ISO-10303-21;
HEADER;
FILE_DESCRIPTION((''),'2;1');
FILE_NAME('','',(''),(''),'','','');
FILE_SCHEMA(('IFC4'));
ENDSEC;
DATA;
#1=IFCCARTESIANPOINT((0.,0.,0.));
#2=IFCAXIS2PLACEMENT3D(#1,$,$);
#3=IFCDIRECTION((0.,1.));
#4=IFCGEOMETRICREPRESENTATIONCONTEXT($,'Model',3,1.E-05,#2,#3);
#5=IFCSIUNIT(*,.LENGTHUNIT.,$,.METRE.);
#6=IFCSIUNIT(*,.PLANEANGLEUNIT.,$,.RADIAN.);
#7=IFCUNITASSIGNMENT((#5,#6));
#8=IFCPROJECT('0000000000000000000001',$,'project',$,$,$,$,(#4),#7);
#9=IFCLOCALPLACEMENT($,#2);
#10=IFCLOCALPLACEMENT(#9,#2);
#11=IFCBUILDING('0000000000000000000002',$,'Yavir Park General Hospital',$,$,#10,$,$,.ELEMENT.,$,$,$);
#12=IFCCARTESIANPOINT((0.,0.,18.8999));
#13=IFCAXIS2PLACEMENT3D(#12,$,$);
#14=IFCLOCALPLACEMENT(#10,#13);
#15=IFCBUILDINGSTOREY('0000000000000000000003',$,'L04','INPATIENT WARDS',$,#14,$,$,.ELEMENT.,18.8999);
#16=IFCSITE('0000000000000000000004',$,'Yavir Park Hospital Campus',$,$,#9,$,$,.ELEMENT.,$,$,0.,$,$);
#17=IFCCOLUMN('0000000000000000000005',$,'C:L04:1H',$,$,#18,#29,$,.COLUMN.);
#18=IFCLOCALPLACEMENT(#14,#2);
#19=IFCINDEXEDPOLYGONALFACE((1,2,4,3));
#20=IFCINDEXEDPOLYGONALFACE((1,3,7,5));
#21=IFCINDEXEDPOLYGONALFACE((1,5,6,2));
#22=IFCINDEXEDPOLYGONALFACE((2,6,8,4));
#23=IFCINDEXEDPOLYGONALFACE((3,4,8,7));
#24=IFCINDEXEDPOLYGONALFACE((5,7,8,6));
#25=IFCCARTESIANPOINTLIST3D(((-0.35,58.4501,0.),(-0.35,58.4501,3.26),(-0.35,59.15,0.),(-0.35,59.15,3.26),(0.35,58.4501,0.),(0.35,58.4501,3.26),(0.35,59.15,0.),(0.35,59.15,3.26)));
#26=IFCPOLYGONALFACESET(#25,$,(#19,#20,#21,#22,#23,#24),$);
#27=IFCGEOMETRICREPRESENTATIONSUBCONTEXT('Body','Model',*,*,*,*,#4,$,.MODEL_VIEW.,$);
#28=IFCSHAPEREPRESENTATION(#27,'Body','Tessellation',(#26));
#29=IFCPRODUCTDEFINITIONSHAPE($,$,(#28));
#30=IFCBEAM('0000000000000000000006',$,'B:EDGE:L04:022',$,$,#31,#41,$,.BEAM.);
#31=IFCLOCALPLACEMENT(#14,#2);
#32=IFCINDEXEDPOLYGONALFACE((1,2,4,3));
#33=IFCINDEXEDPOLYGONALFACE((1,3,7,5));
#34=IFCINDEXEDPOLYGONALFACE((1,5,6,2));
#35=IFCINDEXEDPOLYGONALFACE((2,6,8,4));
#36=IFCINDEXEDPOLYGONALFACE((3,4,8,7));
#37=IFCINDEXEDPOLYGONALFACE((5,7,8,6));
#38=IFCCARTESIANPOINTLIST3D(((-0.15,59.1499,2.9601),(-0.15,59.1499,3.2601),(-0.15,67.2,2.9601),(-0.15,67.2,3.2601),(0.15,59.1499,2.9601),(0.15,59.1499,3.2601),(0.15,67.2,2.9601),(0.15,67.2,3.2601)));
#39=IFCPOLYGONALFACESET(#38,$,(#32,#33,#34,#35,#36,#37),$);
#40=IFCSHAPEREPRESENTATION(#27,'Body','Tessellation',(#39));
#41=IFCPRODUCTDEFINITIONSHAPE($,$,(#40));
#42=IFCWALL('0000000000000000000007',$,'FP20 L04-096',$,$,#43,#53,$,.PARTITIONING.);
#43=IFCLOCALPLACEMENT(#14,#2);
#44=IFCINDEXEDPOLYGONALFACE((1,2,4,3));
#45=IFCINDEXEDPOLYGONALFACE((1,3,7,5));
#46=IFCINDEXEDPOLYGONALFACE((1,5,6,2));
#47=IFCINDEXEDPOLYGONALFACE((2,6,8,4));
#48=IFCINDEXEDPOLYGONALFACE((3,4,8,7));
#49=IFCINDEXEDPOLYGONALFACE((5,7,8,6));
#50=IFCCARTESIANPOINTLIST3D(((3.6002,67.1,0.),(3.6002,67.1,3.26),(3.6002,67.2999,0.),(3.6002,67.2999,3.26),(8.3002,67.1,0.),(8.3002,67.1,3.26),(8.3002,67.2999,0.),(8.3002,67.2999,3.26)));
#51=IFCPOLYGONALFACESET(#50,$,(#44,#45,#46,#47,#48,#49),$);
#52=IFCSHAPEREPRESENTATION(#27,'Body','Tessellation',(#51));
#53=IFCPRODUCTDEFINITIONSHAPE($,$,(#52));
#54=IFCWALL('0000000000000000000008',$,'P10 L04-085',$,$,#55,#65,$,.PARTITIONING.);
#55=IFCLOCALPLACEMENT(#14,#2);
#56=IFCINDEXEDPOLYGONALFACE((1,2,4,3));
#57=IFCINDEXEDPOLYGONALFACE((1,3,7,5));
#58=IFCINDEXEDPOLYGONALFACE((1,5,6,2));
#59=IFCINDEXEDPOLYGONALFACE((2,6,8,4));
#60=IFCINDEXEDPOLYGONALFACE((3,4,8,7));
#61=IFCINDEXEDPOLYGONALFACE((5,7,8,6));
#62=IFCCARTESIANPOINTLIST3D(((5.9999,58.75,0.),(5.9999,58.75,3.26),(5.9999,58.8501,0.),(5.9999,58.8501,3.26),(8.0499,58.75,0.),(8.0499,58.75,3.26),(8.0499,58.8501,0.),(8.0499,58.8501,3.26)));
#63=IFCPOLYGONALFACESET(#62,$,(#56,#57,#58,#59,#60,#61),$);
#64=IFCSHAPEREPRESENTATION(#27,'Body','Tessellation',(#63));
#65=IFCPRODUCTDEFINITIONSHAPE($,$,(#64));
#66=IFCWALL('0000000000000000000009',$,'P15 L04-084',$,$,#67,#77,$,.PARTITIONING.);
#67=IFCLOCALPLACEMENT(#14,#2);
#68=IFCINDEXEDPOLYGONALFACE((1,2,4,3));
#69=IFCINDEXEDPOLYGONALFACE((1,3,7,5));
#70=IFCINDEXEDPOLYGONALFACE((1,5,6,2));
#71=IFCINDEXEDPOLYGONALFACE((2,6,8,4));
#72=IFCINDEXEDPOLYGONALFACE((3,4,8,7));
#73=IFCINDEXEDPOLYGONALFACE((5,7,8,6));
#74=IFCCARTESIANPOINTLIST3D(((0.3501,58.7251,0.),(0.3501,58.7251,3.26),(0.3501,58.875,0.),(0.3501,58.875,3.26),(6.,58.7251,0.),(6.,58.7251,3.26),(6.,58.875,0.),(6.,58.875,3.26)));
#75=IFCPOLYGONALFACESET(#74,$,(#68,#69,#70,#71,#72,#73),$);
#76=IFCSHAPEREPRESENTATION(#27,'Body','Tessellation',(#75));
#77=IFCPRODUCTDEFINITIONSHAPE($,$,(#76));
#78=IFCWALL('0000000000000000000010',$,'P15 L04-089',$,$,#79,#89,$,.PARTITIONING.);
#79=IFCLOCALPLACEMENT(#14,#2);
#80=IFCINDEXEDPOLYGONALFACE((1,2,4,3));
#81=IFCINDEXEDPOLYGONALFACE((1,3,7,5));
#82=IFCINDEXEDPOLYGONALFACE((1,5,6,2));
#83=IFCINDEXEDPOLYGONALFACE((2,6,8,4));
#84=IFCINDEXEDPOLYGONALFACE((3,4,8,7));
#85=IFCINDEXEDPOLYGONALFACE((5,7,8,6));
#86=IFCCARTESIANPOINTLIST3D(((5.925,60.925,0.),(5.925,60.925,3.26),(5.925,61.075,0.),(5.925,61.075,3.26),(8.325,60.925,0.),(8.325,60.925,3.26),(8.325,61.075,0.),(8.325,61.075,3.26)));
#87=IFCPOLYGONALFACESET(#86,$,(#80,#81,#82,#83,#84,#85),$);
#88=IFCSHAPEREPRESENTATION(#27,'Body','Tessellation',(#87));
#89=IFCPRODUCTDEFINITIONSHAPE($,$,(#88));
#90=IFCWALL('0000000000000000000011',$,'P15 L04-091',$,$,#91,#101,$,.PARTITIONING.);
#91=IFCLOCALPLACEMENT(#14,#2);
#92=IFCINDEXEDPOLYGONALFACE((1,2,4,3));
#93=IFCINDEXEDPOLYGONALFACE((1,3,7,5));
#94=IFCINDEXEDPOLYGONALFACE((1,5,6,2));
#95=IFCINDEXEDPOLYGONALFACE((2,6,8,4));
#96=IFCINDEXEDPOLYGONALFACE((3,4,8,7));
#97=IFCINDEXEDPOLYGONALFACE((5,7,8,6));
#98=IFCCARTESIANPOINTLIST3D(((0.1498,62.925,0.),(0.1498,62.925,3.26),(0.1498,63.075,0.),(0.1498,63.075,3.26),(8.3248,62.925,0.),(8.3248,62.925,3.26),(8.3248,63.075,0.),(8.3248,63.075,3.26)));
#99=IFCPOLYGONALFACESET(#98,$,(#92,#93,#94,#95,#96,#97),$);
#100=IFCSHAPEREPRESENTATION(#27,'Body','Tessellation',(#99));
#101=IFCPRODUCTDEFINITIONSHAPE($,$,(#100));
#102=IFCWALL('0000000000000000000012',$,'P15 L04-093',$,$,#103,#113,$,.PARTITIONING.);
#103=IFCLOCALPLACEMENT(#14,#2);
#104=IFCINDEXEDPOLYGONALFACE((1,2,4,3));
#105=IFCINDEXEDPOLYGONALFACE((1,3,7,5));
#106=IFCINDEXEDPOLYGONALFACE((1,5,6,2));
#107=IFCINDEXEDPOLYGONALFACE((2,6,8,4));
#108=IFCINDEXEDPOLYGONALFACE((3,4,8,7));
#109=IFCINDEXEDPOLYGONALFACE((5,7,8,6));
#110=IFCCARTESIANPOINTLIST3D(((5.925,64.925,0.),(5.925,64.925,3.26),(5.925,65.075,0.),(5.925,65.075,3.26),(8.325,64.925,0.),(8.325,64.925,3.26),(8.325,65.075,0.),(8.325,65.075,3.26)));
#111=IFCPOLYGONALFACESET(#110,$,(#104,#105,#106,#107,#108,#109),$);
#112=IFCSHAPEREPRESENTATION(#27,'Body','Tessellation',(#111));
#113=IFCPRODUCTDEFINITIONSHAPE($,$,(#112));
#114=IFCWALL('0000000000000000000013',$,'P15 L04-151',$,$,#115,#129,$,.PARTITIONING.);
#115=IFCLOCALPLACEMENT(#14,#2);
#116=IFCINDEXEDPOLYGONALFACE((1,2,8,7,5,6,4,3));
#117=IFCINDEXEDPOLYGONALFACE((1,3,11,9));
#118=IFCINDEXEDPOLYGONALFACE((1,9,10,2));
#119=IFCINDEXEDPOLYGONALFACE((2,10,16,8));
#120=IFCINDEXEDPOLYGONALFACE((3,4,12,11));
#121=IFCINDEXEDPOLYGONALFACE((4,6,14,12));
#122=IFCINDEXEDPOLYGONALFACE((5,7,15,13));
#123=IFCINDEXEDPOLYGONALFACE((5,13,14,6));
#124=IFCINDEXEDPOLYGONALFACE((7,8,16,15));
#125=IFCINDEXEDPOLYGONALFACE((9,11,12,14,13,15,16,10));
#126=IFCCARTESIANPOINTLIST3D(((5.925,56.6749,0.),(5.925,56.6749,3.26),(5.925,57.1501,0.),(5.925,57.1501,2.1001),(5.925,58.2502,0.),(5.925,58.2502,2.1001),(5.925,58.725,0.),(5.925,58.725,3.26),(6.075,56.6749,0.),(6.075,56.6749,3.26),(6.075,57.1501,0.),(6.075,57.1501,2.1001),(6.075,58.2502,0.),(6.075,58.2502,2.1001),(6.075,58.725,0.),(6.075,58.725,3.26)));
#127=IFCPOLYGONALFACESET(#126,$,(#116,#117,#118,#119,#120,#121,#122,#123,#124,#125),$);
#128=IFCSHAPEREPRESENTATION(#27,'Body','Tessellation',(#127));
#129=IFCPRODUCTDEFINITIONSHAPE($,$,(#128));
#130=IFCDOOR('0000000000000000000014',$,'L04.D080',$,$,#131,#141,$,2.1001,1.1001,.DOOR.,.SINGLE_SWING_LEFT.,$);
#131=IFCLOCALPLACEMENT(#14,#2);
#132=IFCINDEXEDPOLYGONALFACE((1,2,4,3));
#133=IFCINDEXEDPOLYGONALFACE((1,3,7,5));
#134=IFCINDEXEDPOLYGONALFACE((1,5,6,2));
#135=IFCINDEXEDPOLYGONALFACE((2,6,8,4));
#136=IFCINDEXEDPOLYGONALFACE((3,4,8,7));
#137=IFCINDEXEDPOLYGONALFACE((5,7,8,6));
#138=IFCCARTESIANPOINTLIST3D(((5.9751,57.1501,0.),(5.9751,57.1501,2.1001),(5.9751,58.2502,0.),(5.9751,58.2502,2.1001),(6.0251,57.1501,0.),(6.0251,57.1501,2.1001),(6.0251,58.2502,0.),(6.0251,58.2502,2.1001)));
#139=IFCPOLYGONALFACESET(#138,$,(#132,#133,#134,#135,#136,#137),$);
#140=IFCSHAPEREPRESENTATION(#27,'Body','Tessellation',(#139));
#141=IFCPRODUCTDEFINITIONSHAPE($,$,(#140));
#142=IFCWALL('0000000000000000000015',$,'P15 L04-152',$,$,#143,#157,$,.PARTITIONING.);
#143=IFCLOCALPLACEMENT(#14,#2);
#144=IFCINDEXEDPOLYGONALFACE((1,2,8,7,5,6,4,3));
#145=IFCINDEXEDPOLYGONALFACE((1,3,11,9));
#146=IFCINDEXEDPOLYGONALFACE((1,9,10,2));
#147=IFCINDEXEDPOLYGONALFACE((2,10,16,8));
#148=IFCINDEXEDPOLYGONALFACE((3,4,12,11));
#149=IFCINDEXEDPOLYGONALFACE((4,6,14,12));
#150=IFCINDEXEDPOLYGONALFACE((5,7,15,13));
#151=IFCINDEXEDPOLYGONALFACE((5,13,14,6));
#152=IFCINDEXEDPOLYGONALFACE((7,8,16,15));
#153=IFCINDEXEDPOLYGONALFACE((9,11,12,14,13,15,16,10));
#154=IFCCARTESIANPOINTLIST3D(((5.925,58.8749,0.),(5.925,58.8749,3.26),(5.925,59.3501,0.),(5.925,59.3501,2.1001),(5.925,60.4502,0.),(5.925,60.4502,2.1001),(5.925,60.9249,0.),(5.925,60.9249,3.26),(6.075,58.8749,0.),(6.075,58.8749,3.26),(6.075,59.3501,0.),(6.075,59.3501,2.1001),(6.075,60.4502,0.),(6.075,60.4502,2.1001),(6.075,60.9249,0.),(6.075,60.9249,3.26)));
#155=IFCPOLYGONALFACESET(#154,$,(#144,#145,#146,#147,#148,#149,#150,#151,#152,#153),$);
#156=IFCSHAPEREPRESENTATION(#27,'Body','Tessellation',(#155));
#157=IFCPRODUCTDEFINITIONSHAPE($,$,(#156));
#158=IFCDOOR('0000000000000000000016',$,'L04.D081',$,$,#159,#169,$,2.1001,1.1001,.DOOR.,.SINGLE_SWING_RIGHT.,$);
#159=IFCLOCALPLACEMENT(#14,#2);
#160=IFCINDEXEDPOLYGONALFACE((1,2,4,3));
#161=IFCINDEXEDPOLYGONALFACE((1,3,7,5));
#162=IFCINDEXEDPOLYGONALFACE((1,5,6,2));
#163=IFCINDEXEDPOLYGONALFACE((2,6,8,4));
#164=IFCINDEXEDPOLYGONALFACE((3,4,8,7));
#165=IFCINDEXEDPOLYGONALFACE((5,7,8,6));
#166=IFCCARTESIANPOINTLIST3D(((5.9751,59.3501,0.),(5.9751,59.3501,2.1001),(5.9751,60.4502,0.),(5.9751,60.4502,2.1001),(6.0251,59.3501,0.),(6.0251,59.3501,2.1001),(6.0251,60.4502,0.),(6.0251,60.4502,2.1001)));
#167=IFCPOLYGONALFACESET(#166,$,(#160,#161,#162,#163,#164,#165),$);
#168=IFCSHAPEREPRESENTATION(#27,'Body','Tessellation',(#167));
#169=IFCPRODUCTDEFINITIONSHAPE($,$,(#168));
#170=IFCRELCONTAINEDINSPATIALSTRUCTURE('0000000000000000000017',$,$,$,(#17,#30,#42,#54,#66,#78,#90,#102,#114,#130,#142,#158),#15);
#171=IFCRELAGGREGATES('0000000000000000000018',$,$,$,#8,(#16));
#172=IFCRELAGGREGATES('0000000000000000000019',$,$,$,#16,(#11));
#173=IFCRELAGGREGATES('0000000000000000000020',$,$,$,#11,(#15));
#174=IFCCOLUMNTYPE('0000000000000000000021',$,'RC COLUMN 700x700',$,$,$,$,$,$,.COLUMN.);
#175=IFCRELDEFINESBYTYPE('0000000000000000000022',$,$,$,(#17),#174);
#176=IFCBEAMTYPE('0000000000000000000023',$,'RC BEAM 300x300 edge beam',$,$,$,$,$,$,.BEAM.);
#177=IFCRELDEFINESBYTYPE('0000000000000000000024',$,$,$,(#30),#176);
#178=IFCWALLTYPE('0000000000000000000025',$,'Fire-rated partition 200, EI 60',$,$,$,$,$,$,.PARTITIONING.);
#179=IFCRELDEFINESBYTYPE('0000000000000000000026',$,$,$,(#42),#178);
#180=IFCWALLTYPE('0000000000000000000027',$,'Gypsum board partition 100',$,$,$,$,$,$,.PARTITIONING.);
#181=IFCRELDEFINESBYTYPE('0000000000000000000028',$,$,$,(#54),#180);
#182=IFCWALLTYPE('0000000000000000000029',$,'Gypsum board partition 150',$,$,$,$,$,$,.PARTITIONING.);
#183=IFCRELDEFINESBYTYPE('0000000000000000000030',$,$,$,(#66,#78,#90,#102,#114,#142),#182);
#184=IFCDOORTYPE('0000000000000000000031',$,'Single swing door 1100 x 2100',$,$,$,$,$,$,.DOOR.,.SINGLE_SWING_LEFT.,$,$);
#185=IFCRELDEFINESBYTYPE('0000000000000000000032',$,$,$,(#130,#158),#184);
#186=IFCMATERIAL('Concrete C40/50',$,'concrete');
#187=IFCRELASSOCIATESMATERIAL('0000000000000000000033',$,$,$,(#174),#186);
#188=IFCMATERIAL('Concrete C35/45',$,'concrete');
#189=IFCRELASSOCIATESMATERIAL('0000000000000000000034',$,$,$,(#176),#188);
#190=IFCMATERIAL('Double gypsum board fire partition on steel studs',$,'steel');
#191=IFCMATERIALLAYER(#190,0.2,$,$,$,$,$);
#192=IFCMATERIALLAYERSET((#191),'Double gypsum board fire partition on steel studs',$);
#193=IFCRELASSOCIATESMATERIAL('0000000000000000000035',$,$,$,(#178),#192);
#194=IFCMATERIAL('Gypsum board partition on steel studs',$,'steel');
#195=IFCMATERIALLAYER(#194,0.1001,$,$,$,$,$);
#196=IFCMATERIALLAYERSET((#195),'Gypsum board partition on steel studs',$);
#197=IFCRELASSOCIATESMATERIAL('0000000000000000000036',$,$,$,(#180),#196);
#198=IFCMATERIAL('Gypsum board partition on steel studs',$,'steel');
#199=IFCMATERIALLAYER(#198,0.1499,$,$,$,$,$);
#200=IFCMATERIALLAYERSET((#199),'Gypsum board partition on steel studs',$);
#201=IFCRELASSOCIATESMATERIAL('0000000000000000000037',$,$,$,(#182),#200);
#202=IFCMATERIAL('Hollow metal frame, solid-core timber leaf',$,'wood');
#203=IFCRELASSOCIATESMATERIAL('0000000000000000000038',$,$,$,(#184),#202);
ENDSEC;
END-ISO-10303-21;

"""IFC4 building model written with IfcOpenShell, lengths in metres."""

from ifc_helpers import new_model, si_unit, direction, frame, frame_2d, origin, origin_2d, place, context, subcontext, project, spatial, rectangle, extrude, material, layer, layer_set, material_profile, profile_set, type_object, element, fill, save


model = new_model("IFC4")

# Units and contexts
model_context = context("Model", 3, precision=1e-05, world=origin(), true_north=direction((0.0, 1.0)))
body_context = subcontext(model_context, "Body", "Model", "MODEL_VIEW")
ifc_project = project(units=[si_unit("LENGTHUNIT", "METRE"), si_unit("PLANEANGLEUNIT", "RADIAN")], contexts=[model_context])

# Site, building, storey
site_placement = place(None, origin())
site = spatial("IfcSite", under=ifc_project, at=site_placement, Name="Yavir Park Hospital Campus", CompositionType="ELEMENT", RefElevation=0.0)
building_placement = place(site_placement, origin())
building = spatial("IfcBuilding", under=site, at=building_placement, Name="Yavir Park General Hospital", CompositionType="ELEMENT")
storey_placement = place(building_placement, frame((0.0, 0.0, 18.8999)))
storey = spatial("IfcBuildingStorey", under=building, at=storey_placement, Name="L04", Description="INPATIENT WARDS", CompositionType="ELEMENT", Elevation=18.8999)

# Column
ifc_material_1 = material(Name="Concrete C40/50", Category="concrete")
ifc_material_profile_1 = material_profile(ifc_material_1, rectangle(XDim=0.7, YDim=0.7, at=origin_2d()), Name="RC700x700")
ifc_profile_set_1 = profile_set([ifc_material_profile_1], Name="Concrete C40/50")
column_type = type_object("IfcColumnType", Name="RC COLUMN 700x700", PredefinedType="COLUMN", material=ifc_profile_set_1)
column_placement = place(storey_placement, frame((0.0, 58.8, 0.0), z_axis=(0.0, 0.0, 1.0), x_axis=(1.0, 0.0, 0.0)))
element("IfcColumn", 1, at=column_placement, inside=storey, type_object=column_type, Name="C:L04:1H", PredefinedType="COLUMN", context=body_context, shape_type="SweptSolid", body=[
    extrude(rectangle(XDim=0.7, YDim=0.7, at=origin_2d()), origin(), (0.0, 0.0, 1.0), 3.26),
])

# Beam
ifc_material_2 = material(Name="Concrete C35/45", Category="concrete")
ifc_material_profile_2 = material_profile(ifc_material_2, rectangle(XDim=0.3, YDim=0.3, at=origin_2d()), Name="RC300x300")
ifc_profile_set_2 = profile_set([ifc_material_profile_2], Name="Concrete C35/45")
beam_type = type_object("IfcBeamType", Name="RC BEAM 300x300 edge beam", PredefinedType="BEAM", material=ifc_profile_set_2)
beam_placement = place(storey_placement, frame((0.0, 59.1499, 3.1101), z_axis=(0.0, 1.0, 0.0), x_axis=(-1.0, 0.0, 0.0)))
element("IfcBeam", 2, at=beam_placement, inside=storey, type_object=beam_type, Name="B:EDGE:L04:022", PredefinedType="BEAM", context=body_context, shape_type="SweptSolid", body=[
    extrude(rectangle(XDim=0.3, YDim=0.3, at=origin_2d()), origin(), (0.0, 0.0, 1.0), 8.05),
])

# Walls
ifc_material_3 = material(Name="Double gypsum board fire partition on steel studs", Category="steel")
ifc_layer_1 = layer(ifc_material_3, 0.2)
ifc_layer_set_1 = layer_set([ifc_layer_1], Name="Double gypsum board fire partition on steel studs")
wall_type_1 = type_object("IfcWallType", Name="Fire-rated partition 200, EI 60", PredefinedType="PARTITIONING", material=ifc_layer_set_1)
wall_1_placement = place(storey_placement, frame((3.6001, 67.2, 0.0), z_axis=(0.0, 0.0, 1.0), x_axis=(1.0, 0.0, 0.0)))
element("IfcWall", 3, at=wall_1_placement, inside=storey, type_object=wall_type_1, Name="FP20 L04-096", PredefinedType="PARTITIONING", context=body_context, shape_type="SweptSolid", body=[
    extrude(rectangle(XDim=4.7, YDim=0.2, at=frame_2d((2.3501, 0.0))), origin(), (0.0, 0.0, 1.0), 3.26),
])
ifc_material_4 = material(Name="Gypsum board partition on steel studs", Category="steel")
ifc_layer_2 = layer(ifc_material_4, 0.1001)
ifc_layer_set_2 = layer_set([ifc_layer_2], Name="Gypsum board partition on steel studs")
wall_type_2 = type_object("IfcWallType", Name="Gypsum board partition 100", PredefinedType="PARTITIONING", material=ifc_layer_set_2)
wall_2_placement = place(storey_placement, frame((6.0, 58.8, 0.0), z_axis=(0.0, 0.0, 1.0), x_axis=(1.0, 0.0, 0.0)))
element("IfcWall", 4, at=wall_2_placement, inside=storey, type_object=wall_type_2, Name="P10 L04-085", PredefinedType="PARTITIONING", context=body_context, shape_type="SweptSolid", body=[
    extrude(rectangle(XDim=2.05, YDim=0.1001, at=frame_2d((1.0249, 0.0))), origin(), (0.0, 0.0, 1.0), 3.26),
])
ifc_material_5 = material(Name="Gypsum board partition on steel studs", Category="steel")
ifc_layer_3 = layer(ifc_material_5, 0.1499)
ifc_layer_set_3 = layer_set([ifc_layer_3], Name="Gypsum board partition on steel studs")
wall_type_3 = type_object("IfcWallType", Name="Gypsum board partition 150", PredefinedType="PARTITIONING", material=ifc_layer_set_3)
wall_3_placement = place(storey_placement, frame((0.3501, 58.8, 0.0), z_axis=(0.0, 0.0, 1.0), x_axis=(1.0, 0.0, 0.0)))
element("IfcWall", 5, at=wall_3_placement, inside=storey, type_object=wall_type_3, Name="P15 L04-084", PredefinedType="PARTITIONING", context=body_context, shape_type="SweptSolid", body=[
    extrude(rectangle(XDim=5.6499, YDim=0.1499, at=frame_2d((2.825, 0.0))), origin(), (0.0, 0.0, 1.0), 3.26),
])
wall_4_placement = place(storey_placement, frame((5.925, 61.0, 0.0), z_axis=(0.0, 0.0, 1.0), x_axis=(1.0, 0.0, 0.0)))
element("IfcWall", 6, at=wall_4_placement, inside=storey, type_object=wall_type_3, Name="P15 L04-089", PredefinedType="PARTITIONING", context=body_context, shape_type="SweptSolid", body=[
    extrude(rectangle(XDim=2.3999, YDim=0.1499, at=frame_2d((1.2, 0.0))), origin(), (0.0, 0.0, 1.0), 3.26),
])
wall_5_placement = place(storey_placement, frame((0.1499, 63.0, 0.0), z_axis=(0.0, 0.0, 1.0), x_axis=(1.0, 0.0, 0.0)))
element("IfcWall", 7, at=wall_5_placement, inside=storey, type_object=wall_type_3, Name="P15 L04-091", PredefinedType="PARTITIONING", context=body_context, shape_type="SweptSolid", body=[
    extrude(rectangle(XDim=8.175, YDim=0.1499, at=frame_2d((4.0874, 0.0))), origin(), (0.0, 0.0, 1.0), 3.26),
])
wall_6_placement = place(storey_placement, frame((5.925, 65.0, 0.0), z_axis=(0.0, 0.0, 1.0), x_axis=(1.0, 0.0, 0.0)))
element("IfcWall", 8, at=wall_6_placement, inside=storey, type_object=wall_type_3, Name="P15 L04-093", PredefinedType="PARTITIONING", context=body_context, shape_type="SweptSolid", body=[
    extrude(rectangle(XDim=2.3999, YDim=0.1499, at=frame_2d((1.2, 0.0))), origin(), (0.0, 0.0, 1.0), 3.26),
])

# Walls, openings, doors
wall_7_placement = place(storey_placement, frame((6.0, 56.675, 0.0), z_axis=(0.0, 0.0, 1.0), x_axis=(0.0, 1.0, 0.0)))
wall_7 = element("IfcWall", 9, at=wall_7_placement, inside=storey, type_object=wall_type_3, Name="P15 L04-151", PredefinedType="PARTITIONING", context=body_context, shape_type="SweptSolid", body=[
    extrude(rectangle(XDim=2.05, YDim=0.1499, at=frame_2d((1.0249, 0.0))), origin(), (0.0, 0.0, 1.0), 3.26),
])
opening_1_placement = place(wall_7_placement, frame((0.4751, 0.0, 0.0)))
opening_1 = element("IfcOpeningElement", 10, at=opening_1_placement, cuts=wall_7, PredefinedType="OPENING", context=body_context, shape_type="SweptSolid", body=[
    extrude(rectangle(XDim=1.1001, YDim=2.1001, at=frame_2d((0.55, 1.05))), frame((0.0, 0.085, 0.0), z_axis=(0.0, -1.0, 0.0), x_axis=(1.0, 0.0, 0.0)), (0.0, 0.0, 1.0), 0.1699),
])
ifc_material_6 = material(Name="Hollow metal frame, solid-core timber leaf", Category="wood")
door_type_1 = type_object("IfcDoorType", Name="Single swing door 1100 x 2100", OperationType="SINGLE_SWING_LEFT", PredefinedType="DOOR", material=ifc_material_6)
door_1_placement = place(opening_1_placement, origin())
door_1 = element("IfcDoor", 11, at=door_1_placement, inside=storey, type_object=door_type_1, Name="L04.D080", OperationType="SINGLE_SWING_LEFT", OverallHeight=2.1001, OverallWidth=1.1001, PredefinedType="DOOR", context=body_context, shape_type="SweptSolid", body=[
    extrude(rectangle(XDim=1.1001, YDim=2.1001, at=frame_2d((0.55, 1.05))), frame((0.0, 0.0249, 0.0), z_axis=(0.0, -1.0, 0.0), x_axis=(1.0, 0.0, 0.0)), (0.0, 0.0, 1.0), 0.05),
])
fill(opening_1, door_1)
wall_8_placement = place(storey_placement, frame((6.0, 58.875, 0.0), z_axis=(0.0, 0.0, 1.0), x_axis=(0.0, 1.0, 0.0)))
wall_8 = element("IfcWall", 12, at=wall_8_placement, inside=storey, type_object=wall_type_3, Name="P15 L04-152", PredefinedType="PARTITIONING", context=body_context, shape_type="SweptSolid", body=[
    extrude(rectangle(XDim=2.05, YDim=0.1499, at=frame_2d((1.0249, 0.0))), origin(), (0.0, 0.0, 1.0), 3.26),
])
opening_2_placement = place(wall_8_placement, frame((0.4751, 0.0, 0.0)))
opening_2 = element("IfcOpeningElement", 13, at=opening_2_placement, cuts=wall_8, PredefinedType="OPENING", context=body_context, shape_type="SweptSolid", body=[
    extrude(rectangle(XDim=1.1001, YDim=2.1001, at=frame_2d((0.55, 1.05))), frame((0.0, 0.085, 0.0), z_axis=(0.0, -1.0, 0.0), x_axis=(1.0, 0.0, 0.0)), (0.0, 0.0, 1.0), 0.1699),
])
door_2_placement = place(opening_2_placement, origin())
door_2 = element("IfcDoor", 14, at=door_2_placement, inside=storey, type_object=door_type_1, Name="L04.D081", OperationType="SINGLE_SWING_RIGHT", OverallHeight=2.1001, OverallWidth=1.1001, PredefinedType="DOOR", context=body_context, shape_type="SweptSolid", body=[
    extrude(rectangle(XDim=1.1001, YDim=2.1001, at=frame_2d((0.55, 1.05))), frame((0.0, 0.0249, 0.0), z_axis=(0.0, -1.0, 0.0), x_axis=(1.0, 0.0, 0.0)), (0.0, 0.0, 1.0), 0.05),
])
fill(opening_2, door_2)

save(model, "model.ifc")
